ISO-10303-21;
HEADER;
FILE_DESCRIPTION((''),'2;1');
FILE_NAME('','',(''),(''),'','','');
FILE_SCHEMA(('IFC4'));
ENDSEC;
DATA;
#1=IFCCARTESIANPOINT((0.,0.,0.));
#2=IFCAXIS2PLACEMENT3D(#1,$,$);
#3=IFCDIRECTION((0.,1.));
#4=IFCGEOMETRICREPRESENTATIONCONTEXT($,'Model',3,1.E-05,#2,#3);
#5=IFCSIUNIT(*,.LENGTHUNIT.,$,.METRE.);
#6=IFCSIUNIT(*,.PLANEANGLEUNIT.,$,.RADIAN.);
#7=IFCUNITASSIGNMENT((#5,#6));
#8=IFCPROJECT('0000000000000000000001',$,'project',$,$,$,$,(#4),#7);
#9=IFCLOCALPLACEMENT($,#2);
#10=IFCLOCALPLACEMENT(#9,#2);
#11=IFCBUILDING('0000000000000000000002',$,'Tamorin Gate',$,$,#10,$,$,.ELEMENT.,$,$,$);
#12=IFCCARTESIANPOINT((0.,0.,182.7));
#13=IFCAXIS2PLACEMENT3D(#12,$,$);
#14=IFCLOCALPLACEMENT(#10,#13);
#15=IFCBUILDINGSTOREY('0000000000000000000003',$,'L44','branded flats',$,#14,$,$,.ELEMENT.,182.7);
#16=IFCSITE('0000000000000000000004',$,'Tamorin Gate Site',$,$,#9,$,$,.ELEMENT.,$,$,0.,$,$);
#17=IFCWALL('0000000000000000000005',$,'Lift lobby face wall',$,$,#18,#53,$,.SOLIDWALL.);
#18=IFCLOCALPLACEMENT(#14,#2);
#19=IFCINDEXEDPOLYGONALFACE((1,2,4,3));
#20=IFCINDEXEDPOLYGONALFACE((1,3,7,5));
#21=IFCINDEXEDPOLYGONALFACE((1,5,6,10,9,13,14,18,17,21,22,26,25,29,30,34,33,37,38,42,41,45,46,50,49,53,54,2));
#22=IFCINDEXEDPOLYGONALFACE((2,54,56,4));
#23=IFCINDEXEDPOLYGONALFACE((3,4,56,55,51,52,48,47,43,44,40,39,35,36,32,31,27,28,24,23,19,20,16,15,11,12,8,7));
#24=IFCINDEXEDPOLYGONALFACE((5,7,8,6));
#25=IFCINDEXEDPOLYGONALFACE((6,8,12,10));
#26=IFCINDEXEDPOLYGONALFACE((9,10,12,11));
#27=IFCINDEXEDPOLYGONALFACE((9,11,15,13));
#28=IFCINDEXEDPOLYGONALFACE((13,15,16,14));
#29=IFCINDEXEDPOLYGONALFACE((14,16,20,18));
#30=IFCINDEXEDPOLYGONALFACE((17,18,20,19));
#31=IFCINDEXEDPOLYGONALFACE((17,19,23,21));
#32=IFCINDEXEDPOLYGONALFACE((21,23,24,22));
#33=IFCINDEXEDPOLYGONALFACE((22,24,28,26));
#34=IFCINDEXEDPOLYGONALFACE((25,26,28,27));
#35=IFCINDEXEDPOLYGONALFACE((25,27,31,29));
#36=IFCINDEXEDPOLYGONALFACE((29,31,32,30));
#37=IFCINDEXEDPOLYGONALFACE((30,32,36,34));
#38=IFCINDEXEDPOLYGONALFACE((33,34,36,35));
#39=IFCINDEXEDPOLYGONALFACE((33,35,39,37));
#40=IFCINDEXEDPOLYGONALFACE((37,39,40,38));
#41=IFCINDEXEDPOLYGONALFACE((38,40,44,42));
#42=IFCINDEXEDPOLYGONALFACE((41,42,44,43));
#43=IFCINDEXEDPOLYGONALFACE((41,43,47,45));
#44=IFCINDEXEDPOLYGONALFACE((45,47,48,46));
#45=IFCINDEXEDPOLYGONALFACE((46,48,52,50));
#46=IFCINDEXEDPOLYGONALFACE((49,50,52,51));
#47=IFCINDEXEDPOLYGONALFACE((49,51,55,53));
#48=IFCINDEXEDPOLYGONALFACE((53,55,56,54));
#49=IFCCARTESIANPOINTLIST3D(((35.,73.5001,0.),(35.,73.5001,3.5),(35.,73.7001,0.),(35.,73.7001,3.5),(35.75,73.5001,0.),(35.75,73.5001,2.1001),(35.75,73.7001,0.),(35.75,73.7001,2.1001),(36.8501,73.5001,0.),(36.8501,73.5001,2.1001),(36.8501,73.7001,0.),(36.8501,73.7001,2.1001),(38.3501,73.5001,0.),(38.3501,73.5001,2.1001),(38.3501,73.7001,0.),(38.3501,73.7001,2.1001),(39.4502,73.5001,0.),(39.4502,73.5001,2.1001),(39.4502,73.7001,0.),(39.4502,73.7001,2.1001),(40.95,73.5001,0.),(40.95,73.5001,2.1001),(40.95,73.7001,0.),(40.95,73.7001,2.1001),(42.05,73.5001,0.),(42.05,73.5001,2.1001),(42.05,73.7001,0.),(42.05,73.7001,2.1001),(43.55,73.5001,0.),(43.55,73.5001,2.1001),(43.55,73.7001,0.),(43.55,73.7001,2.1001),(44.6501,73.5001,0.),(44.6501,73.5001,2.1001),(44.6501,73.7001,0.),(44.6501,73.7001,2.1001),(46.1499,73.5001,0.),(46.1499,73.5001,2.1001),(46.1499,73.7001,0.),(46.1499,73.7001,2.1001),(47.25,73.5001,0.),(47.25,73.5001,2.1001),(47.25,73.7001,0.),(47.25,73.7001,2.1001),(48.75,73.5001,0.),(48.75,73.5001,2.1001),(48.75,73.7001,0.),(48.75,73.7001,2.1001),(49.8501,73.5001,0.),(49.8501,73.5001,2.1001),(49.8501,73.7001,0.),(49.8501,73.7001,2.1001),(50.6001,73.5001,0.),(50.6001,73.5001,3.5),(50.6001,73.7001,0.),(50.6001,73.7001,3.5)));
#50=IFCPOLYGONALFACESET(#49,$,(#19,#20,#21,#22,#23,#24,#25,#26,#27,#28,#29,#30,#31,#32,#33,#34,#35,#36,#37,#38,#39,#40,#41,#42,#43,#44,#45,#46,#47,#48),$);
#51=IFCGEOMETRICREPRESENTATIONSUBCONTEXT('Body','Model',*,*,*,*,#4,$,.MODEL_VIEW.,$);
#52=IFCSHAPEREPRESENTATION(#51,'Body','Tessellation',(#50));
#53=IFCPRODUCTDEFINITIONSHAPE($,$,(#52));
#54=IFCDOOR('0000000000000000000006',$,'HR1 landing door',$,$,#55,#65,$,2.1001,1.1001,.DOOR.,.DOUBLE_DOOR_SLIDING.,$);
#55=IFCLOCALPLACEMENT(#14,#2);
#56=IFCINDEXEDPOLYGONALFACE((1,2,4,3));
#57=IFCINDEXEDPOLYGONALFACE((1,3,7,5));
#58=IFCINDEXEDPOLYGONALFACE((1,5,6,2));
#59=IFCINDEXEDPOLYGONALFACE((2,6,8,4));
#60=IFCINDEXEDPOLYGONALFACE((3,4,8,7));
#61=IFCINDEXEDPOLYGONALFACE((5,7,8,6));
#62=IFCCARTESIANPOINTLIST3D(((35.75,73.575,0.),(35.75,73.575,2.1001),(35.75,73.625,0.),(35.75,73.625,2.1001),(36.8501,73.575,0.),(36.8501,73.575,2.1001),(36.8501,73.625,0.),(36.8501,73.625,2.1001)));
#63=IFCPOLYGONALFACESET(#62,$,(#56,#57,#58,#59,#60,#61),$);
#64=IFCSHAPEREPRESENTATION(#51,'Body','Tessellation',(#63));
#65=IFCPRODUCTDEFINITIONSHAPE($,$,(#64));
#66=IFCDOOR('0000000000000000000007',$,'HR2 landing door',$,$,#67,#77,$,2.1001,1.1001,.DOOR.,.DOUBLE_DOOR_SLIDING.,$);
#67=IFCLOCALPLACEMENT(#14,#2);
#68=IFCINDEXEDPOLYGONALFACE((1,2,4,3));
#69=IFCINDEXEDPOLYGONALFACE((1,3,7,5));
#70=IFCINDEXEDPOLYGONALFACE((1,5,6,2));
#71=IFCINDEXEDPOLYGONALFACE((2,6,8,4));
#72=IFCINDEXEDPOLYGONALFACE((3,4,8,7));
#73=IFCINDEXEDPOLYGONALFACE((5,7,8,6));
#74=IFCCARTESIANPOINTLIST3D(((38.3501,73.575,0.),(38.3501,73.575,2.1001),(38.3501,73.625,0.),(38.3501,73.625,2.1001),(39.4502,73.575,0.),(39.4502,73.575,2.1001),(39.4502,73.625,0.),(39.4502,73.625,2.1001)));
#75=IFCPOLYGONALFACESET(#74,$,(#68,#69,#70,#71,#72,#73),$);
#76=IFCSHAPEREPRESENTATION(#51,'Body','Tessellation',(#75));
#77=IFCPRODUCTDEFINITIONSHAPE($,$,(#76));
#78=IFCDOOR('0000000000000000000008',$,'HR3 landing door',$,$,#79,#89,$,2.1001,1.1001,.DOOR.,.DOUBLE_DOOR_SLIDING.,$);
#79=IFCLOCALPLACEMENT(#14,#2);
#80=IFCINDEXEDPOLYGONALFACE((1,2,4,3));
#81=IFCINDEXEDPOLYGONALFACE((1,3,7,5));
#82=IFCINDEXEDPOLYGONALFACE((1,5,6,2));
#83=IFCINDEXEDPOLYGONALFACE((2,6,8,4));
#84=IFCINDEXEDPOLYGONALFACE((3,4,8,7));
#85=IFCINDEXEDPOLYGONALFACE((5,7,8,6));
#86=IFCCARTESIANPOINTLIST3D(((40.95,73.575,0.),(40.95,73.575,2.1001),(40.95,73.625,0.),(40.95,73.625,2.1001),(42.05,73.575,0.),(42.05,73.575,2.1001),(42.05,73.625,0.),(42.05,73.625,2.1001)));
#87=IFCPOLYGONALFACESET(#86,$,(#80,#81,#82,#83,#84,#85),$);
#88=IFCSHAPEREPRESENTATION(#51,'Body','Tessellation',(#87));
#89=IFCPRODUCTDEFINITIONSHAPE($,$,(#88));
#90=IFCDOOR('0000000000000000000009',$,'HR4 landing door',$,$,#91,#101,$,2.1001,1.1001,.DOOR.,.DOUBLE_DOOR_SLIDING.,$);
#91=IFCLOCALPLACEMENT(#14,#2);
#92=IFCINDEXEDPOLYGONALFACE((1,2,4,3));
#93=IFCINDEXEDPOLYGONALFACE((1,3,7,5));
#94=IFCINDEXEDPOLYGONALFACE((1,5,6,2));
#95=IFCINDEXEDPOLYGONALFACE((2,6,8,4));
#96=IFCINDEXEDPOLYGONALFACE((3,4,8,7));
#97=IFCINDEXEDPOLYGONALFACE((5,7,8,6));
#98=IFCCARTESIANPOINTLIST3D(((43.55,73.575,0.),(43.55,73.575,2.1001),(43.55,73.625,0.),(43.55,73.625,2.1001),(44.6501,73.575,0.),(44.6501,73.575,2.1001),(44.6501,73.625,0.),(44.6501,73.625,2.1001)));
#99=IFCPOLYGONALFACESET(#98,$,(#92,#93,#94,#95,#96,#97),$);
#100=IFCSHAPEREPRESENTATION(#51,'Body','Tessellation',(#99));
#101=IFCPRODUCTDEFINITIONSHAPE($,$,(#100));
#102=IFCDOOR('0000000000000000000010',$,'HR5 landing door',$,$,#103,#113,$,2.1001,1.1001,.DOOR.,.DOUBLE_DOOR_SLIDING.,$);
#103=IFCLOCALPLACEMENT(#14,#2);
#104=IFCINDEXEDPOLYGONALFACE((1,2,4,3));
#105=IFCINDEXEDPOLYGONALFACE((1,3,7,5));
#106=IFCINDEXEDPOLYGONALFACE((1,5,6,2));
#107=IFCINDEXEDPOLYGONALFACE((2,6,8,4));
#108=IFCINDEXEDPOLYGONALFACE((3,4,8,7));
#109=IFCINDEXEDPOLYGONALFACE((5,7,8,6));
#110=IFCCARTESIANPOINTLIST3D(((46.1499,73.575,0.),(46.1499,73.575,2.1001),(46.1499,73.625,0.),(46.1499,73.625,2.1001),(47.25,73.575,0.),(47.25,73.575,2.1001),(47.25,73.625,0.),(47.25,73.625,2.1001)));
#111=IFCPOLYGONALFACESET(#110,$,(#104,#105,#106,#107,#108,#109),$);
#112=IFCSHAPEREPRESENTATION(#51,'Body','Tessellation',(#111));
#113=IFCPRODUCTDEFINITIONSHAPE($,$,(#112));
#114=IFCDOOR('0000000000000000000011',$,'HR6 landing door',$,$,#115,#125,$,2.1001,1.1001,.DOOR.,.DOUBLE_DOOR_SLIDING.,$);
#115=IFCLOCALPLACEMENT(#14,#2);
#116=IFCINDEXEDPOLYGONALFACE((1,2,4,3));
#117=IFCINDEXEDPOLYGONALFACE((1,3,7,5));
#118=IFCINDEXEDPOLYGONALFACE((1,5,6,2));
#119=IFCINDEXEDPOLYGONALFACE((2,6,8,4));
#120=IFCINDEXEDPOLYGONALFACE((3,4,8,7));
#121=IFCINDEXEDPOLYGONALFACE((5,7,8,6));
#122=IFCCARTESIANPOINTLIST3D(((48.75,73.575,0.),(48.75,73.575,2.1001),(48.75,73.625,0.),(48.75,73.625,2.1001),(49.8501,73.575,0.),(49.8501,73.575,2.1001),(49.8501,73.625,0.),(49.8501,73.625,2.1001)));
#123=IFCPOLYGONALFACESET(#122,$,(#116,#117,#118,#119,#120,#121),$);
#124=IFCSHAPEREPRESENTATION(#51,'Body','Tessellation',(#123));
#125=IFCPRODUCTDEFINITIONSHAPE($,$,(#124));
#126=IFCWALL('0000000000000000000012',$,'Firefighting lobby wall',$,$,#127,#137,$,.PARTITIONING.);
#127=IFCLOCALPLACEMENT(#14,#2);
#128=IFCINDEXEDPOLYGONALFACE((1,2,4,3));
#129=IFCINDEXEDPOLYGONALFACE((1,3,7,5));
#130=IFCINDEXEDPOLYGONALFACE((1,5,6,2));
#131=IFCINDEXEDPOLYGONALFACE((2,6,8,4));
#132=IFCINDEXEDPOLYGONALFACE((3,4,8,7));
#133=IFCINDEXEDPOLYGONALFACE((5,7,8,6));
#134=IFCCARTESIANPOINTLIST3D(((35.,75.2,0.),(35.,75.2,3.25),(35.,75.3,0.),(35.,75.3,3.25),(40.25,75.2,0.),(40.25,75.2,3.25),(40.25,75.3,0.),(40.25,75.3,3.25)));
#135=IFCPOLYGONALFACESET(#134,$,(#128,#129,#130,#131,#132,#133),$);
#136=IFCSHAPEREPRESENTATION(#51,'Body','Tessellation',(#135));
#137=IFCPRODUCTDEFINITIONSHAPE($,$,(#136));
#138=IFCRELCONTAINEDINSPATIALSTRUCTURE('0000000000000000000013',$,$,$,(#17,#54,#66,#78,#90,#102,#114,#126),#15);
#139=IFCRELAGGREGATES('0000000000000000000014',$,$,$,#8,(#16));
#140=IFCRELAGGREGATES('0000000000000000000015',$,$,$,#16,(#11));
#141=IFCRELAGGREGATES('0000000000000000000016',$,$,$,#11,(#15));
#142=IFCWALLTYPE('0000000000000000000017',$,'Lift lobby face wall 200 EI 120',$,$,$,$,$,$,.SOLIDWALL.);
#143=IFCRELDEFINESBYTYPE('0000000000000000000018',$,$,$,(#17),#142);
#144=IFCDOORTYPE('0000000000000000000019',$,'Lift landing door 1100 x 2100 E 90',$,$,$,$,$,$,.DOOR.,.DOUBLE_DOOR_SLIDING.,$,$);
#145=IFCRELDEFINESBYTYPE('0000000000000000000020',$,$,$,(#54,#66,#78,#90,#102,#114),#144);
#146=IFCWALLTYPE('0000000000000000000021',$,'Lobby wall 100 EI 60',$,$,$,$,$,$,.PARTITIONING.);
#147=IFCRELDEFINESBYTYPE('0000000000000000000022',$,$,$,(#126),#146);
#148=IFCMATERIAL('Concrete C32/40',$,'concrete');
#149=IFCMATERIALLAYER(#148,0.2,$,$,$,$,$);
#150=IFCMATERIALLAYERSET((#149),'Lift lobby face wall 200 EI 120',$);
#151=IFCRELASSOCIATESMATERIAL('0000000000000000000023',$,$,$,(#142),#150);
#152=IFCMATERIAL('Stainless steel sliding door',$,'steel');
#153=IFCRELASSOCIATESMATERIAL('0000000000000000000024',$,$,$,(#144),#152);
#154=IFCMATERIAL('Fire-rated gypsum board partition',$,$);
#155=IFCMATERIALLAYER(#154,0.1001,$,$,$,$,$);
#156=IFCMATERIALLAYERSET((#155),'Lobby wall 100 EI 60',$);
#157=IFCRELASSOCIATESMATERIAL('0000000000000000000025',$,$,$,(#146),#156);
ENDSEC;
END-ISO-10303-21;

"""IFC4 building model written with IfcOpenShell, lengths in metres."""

from ifc_helpers import new_model, si_unit, direction, frame, frame_2d, origin, place, context, subcontext, project, spatial, rectangle, extrude, material, layer, layer_set, type_object, element, fill, save


model = new_model("IFC4")

# Units and contexts
model_context = context("Model", 3, precision=1e-05, world=origin(), true_north=direction((0.0, 1.0)))
body_context = subcontext(model_context, "Body", "Model", "MODEL_VIEW")
ifc_project = project(units=[si_unit("LENGTHUNIT", "METRE"), si_unit("PLANEANGLEUNIT", "RADIAN")], contexts=[model_context])

# Site, building, storey
site_placement = place(None, origin())
site = spatial("IfcSite", under=ifc_project, at=site_placement, Name="Tamorin Gate Site", CompositionType="ELEMENT", RefElevation=0.0)
building_placement = place(site_placement, origin())
building = spatial("IfcBuilding", under=site, at=building_placement, Name="Tamorin Gate", CompositionType="ELEMENT")
storey_placement = place(building_placement, frame((0.0, 0.0, 182.7)))
storey = spatial("IfcBuildingStorey", under=building, at=storey_placement, Name="L44", Description="branded flats", CompositionType="ELEMENT", Elevation=182.7)

# Wall, openings, doors
ifc_material_1 = material(Name="Concrete C32/40", Category="concrete")
ifc_layer_1 = layer(ifc_material_1, 0.2)
ifc_layer_set_1 = layer_set([ifc_layer_1], Name="Lift lobby face wall 200 EI 120")
wall_type_1 = type_object("IfcWallType", Name="Lift lobby face wall 200 EI 120", PredefinedType="SOLIDWALL", material=ifc_layer_set_1)
wall_1_placement = place(storey_placement, frame((35.0, 73.6001, 0.0), z_axis=(0.0, 0.0, 1.0), x_axis=(1.0, 0.0, 0.0)))
wall_1 = element("IfcWall", 1, at=wall_1_placement, inside=storey, type_object=wall_type_1, Name="Lift lobby face wall", PredefinedType="SOLIDWALL", context=body_context, shape_type="SweptSolid", body=[
    extrude(rectangle(XDim=15.6001, YDim=0.2, at=frame_2d((7.8, 0.0))), origin(), (0.0, 0.0, 1.0), 3.5),
])
opening_1_placement = place(wall_1_placement, frame((0.75, 0.0, 0.0)))
opening_1 = element("IfcOpeningElement", 2, at=opening_1_placement, cuts=wall_1, PredefinedType="OPENING", context=body_context, shape_type="SweptSolid", body=[
    extrude(rectangle(XDim=1.1001, YDim=2.1001, at=frame_2d((0.55, 1.05))), frame((0.0, 0.1099, 0.0), z_axis=(0.0, -1.0, 0.0), x_axis=(1.0, 0.0, 0.0)), (0.0, 0.0, 1.0), 0.22),
])
opening_2_placement = place(wall_1_placement, frame((3.3501, 0.0, 0.0)))
opening_2 = element("IfcOpeningElement", 3, at=opening_2_placement, cuts=wall_1, PredefinedType="OPENING", context=body_context, shape_type="SweptSolid", body=[
    extrude(rectangle(XDim=1.1001, YDim=2.1001, at=frame_2d((0.55, 1.05))), frame((0.0, 0.1099, 0.0), z_axis=(0.0, -1.0, 0.0), x_axis=(1.0, 0.0, 0.0)), (0.0, 0.0, 1.0), 0.22),
])
opening_3_placement = place(wall_1_placement, frame((5.95, 0.0, 0.0)))
opening_3 = element("IfcOpeningElement", 4, at=opening_3_placement, cuts=wall_1, PredefinedType="OPENING", context=body_context, shape_type="SweptSolid", body=[
    extrude(rectangle(XDim=1.1001, YDim=2.1001, at=frame_2d((0.55, 1.05))), frame((0.0, 0.1099, 0.0), z_axis=(0.0, -1.0, 0.0), x_axis=(1.0, 0.0, 0.0)), (0.0, 0.0, 1.0), 0.22),
])
opening_4_placement = place(wall_1_placement, frame((8.55, 0.0, 0.0)))
opening_4 = element("IfcOpeningElement", 5, at=opening_4_placement, cuts=wall_1, PredefinedType="OPENING", context=body_context, shape_type="SweptSolid", body=[
    extrude(rectangle(XDim=1.1001, YDim=2.1001, at=frame_2d((0.55, 1.05))), frame((0.0, 0.1099, 0.0), z_axis=(0.0, -1.0, 0.0), x_axis=(1.0, 0.0, 0.0)), (0.0, 0.0, 1.0), 0.22),
])
opening_5_placement = place(wall_1_placement, frame((11.1499, 0.0, 0.0)))
opening_5 = element("IfcOpeningElement", 6, at=opening_5_placement, cuts=wall_1, PredefinedType="OPENING", context=body_context, shape_type="SweptSolid", body=[
    extrude(rectangle(XDim=1.1001, YDim=2.1001, at=frame_2d((0.55, 1.05))), frame((0.0, 0.1099, 0.0), z_axis=(0.0, -1.0, 0.0), x_axis=(1.0, 0.0, 0.0)), (0.0, 0.0, 1.0), 0.22),
])
opening_6_placement = place(wall_1_placement, frame((13.75, 0.0, 0.0)))
opening_6 = element("IfcOpeningElement", 7, at=opening_6_placement, cuts=wall_1, PredefinedType="OPENING", context=body_context, shape_type="SweptSolid", body=[
    extrude(rectangle(XDim=1.1001, YDim=2.1001, at=frame_2d((0.55, 1.05))), frame((0.0, 0.1099, 0.0), z_axis=(0.0, -1.0, 0.0), x_axis=(1.0, 0.0, 0.0)), (0.0, 0.0, 1.0), 0.22),
])
ifc_material_2 = material(Name="Stainless steel sliding door", Category="steel")
door_type_1 = type_object("IfcDoorType", Name="Lift landing door 1100 x 2100 E 90", OperationType="DOUBLE_DOOR_SLIDING", PredefinedType="DOOR", material=ifc_material_2)
door_1_placement = place(opening_1_placement, origin())
door_1 = element("IfcDoor", 8, at=door_1_placement, inside=storey, type_object=door_type_1, Name="HR1 landing door", OperationType="DOUBLE_DOOR_SLIDING", OverallHeight=2.1001, OverallWidth=1.1001, PredefinedType="DOOR", context=body_context, shape_type="SweptSolid", body=[
    extrude(rectangle(XDim=1.1001, YDim=2.1001, at=frame_2d((0.55, 1.05))), frame((0.0, 0.0249, 0.0), z_axis=(0.0, -1.0, 0.0), x_axis=(1.0, 0.0, 0.0)), (0.0, 0.0, 1.0), 0.05),
])
fill(opening_1, door_1)
door_2_placement = place(opening_2_placement, origin())
door_2 = element("IfcDoor", 9, at=door_2_placement, inside=storey, type_object=door_type_1, Name="HR2 landing door", OperationType="DOUBLE_DOOR_SLIDING", OverallHeight=2.1001, OverallWidth=1.1001, PredefinedType="DOOR", context=body_context, shape_type="SweptSolid", body=[
    extrude(rectangle(XDim=1.1001, YDim=2.1001, at=frame_2d((0.55, 1.05))), frame((0.0, 0.0249, 0.0), z_axis=(0.0, -1.0, 0.0), x_axis=(1.0, 0.0, 0.0)), (0.0, 0.0, 1.0), 0.05),
])
fill(opening_2, door_2)
door_3_placement = place(opening_3_placement, origin())
door_3 = element("IfcDoor", 10, at=door_3_placement, inside=storey, type_object=door_type_1, Name="HR3 landing door", OperationType="DOUBLE_DOOR_SLIDING", OverallHeight=2.1001, OverallWidth=1.1001, PredefinedType="DOOR", context=body_context, shape_type="SweptSolid", body=[
    extrude(rectangle(XDim=1.1001, YDim=2.1001, at=frame_2d((0.55, 1.05))), frame((0.0, 0.0249, 0.0), z_axis=(0.0, -1.0, 0.0), x_axis=(1.0, 0.0, 0.0)), (0.0, 0.0, 1.0), 0.05),
])
fill(opening_3, door_3)
door_4_placement = place(opening_4_placement, origin())
door_4 = element("IfcDoor", 11, at=door_4_placement, inside=storey, type_object=door_type_1, Name="HR4 landing door", OperationType="DOUBLE_DOOR_SLIDING", OverallHeight=2.1001, OverallWidth=1.1001, PredefinedType="DOOR", context=body_context, shape_type="SweptSolid", body=[
    extrude(rectangle(XDim=1.1001, YDim=2.1001, at=frame_2d((0.55, 1.05))), frame((0.0, 0.0249, 0.0), z_axis=(0.0, -1.0, 0.0), x_axis=(1.0, 0.0, 0.0)), (0.0, 0.0, 1.0), 0.05),
])
fill(opening_4, door_4)
door_5_placement = place(opening_5_placement, origin())
door_5 = element("IfcDoor", 12, at=door_5_placement, inside=storey, type_object=door_type_1, Name="HR5 landing door", OperationType="DOUBLE_DOOR_SLIDING", OverallHeight=2.1001, OverallWidth=1.1001, PredefinedType="DOOR", context=body_context, shape_type="SweptSolid", body=[
    extrude(rectangle(XDim=1.1001, YDim=2.1001, at=frame_2d((0.55, 1.05))), frame((0.0, 0.0249, 0.0), z_axis=(0.0, -1.0, 0.0), x_axis=(1.0, 0.0, 0.0)), (0.0, 0.0, 1.0), 0.05),
])
fill(opening_5, door_5)
door_6_placement = place(opening_6_placement, origin())
door_6 = element("IfcDoor", 13, at=door_6_placement, inside=storey, type_object=door_type_1, Name="HR6 landing door", OperationType="DOUBLE_DOOR_SLIDING", OverallHeight=2.1001, OverallWidth=1.1001, PredefinedType="DOOR", context=body_context, shape_type="SweptSolid", body=[
    extrude(rectangle(XDim=1.1001, YDim=2.1001, at=frame_2d((0.55, 1.05))), frame((0.0, 0.0249, 0.0), z_axis=(0.0, -1.0, 0.0), x_axis=(1.0, 0.0, 0.0)), (0.0, 0.0, 1.0), 0.05),
])
fill(opening_6, door_6)

# Wall
ifc_material_3 = material(Name="Fire-rated gypsum board partition")
ifc_layer_2 = layer(ifc_material_3, 0.1001)
ifc_layer_set_2 = layer_set([ifc_layer_2], Name="Lobby wall 100 EI 60")
wall_type_2 = type_object("IfcWallType", Name="Lobby wall 100 EI 60", PredefinedType="PARTITIONING", material=ifc_layer_set_2)
wall_2_placement = place(storey_placement, frame((35.0, 75.25, 0.0), z_axis=(0.0, 0.0, 1.0), x_axis=(1.0, 0.0, 0.0)))
element("IfcWall", 14, at=wall_2_placement, inside=storey, type_object=wall_type_2, Name="Firefighting lobby wall", PredefinedType="PARTITIONING", context=body_context, shape_type="SweptSolid", body=[
    extrude(rectangle(XDim=5.25, YDim=0.1001, at=frame_2d((2.625, 0.0))), origin(), (0.0, 0.0, 1.0), 3.25),
])

save(model, "model.ifc")
